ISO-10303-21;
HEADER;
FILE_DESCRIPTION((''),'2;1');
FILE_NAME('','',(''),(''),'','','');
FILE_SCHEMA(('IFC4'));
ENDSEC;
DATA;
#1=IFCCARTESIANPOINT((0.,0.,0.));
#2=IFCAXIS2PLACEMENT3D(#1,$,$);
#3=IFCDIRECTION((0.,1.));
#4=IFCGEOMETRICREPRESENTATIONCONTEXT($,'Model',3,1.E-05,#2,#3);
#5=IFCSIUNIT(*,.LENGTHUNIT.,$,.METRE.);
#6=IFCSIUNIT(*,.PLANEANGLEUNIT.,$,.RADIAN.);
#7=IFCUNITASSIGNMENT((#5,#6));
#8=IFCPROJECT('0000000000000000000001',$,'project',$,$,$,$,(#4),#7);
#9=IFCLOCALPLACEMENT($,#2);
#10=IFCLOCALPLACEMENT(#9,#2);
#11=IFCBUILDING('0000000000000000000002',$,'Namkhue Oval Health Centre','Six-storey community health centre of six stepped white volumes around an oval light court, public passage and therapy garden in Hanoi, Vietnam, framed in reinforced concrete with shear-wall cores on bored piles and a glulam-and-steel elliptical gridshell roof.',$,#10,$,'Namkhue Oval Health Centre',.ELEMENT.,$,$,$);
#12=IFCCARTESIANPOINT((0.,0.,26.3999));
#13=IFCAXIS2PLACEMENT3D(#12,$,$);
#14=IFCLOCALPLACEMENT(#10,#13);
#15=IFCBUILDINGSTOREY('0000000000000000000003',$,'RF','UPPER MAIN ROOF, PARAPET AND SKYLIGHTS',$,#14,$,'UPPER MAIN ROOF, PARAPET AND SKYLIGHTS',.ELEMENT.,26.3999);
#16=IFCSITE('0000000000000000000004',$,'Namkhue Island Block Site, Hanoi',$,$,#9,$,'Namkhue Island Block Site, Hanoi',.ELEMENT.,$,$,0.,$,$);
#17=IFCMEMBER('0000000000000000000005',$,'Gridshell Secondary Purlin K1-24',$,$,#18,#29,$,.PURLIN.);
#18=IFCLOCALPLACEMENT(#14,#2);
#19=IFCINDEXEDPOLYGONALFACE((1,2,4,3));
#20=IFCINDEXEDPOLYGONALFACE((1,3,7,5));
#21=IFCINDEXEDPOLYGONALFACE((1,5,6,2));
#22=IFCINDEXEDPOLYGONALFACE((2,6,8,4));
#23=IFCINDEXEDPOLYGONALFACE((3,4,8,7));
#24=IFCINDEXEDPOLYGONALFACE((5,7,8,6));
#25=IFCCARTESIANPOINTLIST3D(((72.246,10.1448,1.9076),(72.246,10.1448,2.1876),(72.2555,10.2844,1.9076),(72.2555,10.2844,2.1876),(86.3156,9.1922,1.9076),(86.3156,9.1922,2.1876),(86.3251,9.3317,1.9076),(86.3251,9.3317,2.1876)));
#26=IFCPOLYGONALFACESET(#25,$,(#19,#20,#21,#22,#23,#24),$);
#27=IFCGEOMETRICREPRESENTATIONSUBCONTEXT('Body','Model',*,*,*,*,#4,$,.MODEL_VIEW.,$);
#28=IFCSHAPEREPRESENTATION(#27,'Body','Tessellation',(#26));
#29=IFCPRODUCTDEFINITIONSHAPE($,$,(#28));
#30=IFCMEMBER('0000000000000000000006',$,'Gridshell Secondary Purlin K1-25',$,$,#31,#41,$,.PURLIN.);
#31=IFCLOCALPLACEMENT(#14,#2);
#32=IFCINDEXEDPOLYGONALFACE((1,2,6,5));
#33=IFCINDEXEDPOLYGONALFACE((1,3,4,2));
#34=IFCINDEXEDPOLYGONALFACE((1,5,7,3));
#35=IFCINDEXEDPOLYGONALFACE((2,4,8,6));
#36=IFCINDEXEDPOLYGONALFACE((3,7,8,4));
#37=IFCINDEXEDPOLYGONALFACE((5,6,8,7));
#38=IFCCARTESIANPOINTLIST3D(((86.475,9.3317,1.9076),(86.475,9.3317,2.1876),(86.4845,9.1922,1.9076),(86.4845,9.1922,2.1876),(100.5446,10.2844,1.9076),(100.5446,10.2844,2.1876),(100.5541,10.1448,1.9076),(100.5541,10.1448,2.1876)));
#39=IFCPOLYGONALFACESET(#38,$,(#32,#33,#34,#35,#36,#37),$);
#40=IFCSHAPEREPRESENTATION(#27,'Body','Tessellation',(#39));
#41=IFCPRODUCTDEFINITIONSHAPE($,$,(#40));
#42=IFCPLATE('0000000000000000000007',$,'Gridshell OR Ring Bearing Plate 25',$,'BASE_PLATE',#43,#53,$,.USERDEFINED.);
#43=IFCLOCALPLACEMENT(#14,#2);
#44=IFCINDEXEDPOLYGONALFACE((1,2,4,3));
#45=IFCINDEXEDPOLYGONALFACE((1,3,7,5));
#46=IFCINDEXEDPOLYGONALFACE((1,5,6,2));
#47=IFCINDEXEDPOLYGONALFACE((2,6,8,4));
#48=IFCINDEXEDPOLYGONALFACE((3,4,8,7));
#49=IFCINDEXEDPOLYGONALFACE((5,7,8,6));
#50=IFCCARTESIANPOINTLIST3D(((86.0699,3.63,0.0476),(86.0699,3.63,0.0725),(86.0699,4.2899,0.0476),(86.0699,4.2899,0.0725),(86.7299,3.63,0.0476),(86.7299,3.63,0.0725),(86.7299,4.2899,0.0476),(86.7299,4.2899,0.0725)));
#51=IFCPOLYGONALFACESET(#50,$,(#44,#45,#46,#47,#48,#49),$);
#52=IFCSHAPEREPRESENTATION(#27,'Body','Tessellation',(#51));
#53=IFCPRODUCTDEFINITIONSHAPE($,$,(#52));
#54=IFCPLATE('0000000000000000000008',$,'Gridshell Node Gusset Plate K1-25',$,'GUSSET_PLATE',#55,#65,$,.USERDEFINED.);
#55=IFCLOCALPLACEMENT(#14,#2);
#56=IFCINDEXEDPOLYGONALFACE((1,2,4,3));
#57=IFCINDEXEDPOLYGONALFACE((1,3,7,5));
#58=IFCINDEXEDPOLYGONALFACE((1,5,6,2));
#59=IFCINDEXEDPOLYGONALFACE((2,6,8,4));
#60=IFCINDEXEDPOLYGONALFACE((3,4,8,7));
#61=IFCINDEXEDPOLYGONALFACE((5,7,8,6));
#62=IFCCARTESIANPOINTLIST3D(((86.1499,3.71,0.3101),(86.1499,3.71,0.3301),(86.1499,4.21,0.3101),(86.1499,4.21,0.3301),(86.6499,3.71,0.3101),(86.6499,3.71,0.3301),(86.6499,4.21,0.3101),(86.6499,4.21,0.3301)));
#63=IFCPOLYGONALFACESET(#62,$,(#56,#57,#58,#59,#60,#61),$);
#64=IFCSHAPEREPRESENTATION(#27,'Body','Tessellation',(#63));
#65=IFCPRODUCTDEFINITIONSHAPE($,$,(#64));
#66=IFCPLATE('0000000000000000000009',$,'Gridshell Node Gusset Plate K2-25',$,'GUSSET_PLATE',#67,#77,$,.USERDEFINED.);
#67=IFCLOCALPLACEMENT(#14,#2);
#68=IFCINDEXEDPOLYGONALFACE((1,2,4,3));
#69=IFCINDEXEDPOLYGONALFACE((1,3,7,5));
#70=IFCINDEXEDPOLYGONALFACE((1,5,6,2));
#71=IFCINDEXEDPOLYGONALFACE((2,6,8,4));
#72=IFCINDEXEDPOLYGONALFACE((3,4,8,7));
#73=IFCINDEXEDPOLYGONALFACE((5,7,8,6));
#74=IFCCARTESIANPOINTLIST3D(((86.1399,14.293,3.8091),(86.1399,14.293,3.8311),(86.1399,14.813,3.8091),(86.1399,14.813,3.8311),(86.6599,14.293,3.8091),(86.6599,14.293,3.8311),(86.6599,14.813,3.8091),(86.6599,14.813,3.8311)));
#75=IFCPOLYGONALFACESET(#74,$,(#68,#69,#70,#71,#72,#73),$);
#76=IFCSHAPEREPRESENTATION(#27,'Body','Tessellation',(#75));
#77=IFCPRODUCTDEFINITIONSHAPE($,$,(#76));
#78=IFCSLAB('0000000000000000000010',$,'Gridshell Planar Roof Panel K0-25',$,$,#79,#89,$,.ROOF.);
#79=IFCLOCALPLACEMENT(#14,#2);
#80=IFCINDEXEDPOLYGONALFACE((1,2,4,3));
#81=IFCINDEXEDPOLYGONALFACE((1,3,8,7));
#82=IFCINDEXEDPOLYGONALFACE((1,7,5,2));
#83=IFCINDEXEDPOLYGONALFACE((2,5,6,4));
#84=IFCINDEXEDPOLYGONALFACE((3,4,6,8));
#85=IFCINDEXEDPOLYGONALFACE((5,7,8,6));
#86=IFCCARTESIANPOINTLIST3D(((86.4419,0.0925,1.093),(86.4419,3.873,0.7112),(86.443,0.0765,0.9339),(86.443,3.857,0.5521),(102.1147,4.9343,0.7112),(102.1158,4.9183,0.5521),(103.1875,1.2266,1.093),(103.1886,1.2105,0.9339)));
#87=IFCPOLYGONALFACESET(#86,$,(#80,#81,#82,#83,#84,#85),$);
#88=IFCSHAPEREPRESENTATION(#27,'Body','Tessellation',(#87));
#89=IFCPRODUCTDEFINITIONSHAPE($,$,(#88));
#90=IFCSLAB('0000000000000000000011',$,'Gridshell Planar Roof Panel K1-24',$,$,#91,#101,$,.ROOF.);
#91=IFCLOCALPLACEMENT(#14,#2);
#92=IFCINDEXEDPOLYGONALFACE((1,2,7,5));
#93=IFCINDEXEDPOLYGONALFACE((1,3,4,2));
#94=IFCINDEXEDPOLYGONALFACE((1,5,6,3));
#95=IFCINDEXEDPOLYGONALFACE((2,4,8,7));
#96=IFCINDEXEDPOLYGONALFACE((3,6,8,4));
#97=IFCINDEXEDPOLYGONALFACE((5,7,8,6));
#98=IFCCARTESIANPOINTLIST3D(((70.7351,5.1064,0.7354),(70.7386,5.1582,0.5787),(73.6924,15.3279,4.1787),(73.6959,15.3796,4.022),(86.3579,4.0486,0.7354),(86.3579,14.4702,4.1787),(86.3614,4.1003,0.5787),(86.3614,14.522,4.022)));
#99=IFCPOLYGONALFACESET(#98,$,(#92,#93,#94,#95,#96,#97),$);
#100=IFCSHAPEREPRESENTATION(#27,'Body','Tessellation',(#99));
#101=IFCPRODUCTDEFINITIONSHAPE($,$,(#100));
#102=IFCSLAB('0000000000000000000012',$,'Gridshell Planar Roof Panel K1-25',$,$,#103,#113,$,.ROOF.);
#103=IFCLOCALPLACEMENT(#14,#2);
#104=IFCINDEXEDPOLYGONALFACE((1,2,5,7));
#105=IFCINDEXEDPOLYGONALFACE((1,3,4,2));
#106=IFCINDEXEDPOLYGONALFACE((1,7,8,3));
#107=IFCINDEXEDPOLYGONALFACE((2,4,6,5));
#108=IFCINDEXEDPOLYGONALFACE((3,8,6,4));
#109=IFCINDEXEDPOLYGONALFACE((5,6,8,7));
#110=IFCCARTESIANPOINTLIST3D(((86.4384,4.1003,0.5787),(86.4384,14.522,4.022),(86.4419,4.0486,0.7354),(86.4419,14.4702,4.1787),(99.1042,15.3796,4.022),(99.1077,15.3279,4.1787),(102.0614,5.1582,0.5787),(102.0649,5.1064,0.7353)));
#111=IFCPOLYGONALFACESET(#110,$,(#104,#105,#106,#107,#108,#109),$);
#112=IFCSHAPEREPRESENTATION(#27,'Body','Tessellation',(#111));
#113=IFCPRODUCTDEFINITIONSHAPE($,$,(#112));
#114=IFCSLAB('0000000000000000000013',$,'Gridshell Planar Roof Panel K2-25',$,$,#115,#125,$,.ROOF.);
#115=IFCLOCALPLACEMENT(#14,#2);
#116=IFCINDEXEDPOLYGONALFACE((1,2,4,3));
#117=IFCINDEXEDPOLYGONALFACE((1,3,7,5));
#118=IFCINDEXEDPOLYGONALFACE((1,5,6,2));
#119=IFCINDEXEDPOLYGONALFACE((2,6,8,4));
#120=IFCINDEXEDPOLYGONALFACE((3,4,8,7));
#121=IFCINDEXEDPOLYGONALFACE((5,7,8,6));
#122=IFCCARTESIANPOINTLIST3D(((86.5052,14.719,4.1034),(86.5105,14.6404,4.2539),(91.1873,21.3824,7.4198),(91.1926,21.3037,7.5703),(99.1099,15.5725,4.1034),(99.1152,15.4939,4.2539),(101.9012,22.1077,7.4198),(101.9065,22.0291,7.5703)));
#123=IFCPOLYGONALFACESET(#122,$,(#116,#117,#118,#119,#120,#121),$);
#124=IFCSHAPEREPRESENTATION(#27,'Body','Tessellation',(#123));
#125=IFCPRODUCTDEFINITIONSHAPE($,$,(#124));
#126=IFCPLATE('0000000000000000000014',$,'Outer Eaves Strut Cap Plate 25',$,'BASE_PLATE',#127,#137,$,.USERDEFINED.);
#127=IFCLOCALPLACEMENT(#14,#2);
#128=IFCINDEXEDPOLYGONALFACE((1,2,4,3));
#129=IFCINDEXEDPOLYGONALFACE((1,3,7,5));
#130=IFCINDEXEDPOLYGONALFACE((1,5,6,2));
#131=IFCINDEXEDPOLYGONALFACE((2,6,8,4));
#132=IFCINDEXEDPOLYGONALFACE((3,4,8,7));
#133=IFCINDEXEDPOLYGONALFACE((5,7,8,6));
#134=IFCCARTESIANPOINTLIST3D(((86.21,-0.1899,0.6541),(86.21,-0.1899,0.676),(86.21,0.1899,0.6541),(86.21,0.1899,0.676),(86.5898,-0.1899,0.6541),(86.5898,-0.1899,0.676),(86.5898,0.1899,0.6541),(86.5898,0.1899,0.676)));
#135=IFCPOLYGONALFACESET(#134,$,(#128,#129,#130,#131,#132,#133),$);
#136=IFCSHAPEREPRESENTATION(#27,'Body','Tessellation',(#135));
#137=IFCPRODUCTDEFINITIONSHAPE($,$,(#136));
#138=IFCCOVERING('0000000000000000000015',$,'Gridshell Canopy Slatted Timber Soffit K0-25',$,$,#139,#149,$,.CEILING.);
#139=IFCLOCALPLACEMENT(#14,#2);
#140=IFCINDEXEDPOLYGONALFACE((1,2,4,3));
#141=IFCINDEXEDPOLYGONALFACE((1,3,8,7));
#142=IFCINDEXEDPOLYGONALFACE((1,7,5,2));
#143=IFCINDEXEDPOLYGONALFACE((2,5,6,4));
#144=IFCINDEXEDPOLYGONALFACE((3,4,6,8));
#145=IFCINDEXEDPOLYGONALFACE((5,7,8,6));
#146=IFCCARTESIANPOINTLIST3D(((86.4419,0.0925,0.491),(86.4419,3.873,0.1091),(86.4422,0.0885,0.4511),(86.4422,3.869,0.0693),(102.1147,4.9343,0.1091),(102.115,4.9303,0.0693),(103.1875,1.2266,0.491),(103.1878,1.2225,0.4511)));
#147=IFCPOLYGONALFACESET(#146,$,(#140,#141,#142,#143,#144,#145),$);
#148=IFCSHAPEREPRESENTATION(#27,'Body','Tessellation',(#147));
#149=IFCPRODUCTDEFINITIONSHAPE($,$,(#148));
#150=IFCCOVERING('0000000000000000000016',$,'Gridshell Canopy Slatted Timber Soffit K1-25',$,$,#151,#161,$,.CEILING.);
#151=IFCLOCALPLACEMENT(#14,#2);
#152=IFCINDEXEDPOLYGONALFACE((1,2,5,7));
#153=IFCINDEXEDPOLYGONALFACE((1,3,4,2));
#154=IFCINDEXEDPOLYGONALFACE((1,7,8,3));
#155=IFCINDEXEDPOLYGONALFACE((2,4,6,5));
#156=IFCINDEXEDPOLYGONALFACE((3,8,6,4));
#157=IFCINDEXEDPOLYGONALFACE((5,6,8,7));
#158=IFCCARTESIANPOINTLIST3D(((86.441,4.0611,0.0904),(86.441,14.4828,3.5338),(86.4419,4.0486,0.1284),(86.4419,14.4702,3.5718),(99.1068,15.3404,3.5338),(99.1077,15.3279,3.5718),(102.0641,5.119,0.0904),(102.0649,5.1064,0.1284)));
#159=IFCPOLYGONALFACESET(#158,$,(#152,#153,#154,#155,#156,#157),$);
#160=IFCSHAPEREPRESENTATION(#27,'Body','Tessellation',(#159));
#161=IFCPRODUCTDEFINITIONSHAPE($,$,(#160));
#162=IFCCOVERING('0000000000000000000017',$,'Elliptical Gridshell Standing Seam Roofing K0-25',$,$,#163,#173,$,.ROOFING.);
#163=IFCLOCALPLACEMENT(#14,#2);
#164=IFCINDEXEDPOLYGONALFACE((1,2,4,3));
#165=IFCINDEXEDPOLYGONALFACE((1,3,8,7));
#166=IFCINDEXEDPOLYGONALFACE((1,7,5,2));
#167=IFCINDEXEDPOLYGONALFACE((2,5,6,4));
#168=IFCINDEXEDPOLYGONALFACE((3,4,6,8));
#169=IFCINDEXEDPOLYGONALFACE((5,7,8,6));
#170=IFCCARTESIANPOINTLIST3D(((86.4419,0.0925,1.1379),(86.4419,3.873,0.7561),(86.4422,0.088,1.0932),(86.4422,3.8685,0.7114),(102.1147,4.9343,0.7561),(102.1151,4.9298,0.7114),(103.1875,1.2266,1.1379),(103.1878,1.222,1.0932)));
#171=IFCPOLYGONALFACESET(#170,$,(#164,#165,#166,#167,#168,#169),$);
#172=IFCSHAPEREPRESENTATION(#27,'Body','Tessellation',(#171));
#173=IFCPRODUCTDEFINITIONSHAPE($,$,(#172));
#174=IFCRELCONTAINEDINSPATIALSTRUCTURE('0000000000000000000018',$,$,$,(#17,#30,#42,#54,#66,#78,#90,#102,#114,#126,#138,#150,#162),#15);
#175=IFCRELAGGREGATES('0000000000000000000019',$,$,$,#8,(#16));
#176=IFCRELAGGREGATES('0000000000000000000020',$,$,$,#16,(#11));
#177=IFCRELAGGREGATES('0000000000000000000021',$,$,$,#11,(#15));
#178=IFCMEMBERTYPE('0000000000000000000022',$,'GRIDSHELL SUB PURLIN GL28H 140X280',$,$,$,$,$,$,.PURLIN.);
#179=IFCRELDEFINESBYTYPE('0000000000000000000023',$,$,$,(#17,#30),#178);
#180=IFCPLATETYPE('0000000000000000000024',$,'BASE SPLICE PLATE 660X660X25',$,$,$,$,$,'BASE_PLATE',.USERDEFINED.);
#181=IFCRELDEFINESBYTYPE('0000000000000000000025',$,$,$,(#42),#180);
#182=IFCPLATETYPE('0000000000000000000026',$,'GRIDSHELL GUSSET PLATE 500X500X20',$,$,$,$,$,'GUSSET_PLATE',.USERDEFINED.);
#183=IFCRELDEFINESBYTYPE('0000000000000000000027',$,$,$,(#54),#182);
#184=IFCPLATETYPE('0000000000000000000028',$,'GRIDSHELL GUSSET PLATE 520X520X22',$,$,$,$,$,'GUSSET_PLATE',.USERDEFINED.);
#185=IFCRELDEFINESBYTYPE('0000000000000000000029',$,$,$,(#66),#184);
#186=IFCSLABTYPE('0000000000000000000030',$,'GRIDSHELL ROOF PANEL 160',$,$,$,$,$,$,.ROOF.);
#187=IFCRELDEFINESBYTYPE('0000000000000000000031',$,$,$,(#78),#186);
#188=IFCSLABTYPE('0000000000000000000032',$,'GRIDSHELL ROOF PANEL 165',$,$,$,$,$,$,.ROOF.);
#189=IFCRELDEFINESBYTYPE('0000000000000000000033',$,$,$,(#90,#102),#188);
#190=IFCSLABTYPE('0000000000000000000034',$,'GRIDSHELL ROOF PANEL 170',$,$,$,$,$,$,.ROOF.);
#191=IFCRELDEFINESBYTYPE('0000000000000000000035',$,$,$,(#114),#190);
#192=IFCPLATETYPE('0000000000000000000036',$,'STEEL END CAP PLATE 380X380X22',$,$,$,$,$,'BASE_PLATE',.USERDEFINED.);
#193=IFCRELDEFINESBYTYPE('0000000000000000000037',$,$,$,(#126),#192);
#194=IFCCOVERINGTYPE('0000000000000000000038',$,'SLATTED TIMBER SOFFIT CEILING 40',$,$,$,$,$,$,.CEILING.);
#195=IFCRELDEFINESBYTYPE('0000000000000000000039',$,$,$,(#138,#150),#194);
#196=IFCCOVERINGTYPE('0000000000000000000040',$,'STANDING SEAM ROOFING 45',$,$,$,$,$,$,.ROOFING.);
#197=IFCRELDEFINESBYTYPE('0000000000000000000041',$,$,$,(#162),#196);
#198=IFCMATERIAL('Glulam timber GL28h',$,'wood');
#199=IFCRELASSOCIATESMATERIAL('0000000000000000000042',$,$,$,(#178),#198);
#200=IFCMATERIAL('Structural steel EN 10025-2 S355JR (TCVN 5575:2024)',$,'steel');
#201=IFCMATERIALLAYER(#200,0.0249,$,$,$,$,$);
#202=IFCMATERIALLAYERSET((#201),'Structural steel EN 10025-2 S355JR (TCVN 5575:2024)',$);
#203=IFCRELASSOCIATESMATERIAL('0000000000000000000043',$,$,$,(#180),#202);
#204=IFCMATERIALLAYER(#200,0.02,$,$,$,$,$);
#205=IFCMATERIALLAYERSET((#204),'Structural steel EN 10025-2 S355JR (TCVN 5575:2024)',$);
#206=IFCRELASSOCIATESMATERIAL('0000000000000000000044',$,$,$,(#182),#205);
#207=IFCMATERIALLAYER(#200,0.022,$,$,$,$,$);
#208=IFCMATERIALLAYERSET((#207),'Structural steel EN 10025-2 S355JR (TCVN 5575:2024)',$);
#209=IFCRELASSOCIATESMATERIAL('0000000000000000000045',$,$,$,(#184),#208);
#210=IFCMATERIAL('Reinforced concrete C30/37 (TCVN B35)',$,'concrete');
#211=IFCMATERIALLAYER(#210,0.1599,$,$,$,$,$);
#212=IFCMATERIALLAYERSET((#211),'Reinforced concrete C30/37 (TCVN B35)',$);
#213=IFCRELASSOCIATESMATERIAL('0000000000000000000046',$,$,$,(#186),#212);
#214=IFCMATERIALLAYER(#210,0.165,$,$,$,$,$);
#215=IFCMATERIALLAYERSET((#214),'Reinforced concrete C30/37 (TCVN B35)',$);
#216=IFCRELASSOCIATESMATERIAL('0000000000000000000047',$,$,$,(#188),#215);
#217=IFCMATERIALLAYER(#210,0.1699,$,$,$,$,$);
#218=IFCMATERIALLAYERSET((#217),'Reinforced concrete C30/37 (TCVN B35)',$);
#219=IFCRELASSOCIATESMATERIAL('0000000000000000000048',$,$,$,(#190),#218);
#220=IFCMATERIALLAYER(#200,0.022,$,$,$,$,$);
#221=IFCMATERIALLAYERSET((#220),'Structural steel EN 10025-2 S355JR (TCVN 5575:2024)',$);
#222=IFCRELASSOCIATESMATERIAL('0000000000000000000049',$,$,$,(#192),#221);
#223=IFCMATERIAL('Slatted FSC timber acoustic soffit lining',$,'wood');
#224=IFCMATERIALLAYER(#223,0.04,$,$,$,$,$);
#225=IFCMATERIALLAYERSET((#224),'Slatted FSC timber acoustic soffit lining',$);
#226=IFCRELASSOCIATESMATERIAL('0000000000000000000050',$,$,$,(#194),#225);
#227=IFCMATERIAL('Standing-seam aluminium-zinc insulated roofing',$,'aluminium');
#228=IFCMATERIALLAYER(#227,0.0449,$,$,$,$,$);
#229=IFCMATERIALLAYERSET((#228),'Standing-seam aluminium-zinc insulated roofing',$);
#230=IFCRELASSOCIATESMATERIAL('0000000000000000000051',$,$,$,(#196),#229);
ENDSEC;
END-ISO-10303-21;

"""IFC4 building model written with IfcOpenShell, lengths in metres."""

from ifc_helpers import new_model, si_unit, direction, frame, origin, origin_2d, place, context, subcontext, project, spatial, polyline, rectangle, outline, extrude, material, layer, layer_set, material_profile, profile_set, type_object, element, save


model = new_model("IFC4")

# Units and contexts
model_context = context("Model", 3, precision=1e-05, world=origin(), true_north=direction((0.0, 1.0)))
body_context = subcontext(model_context, "Body", "Model", "MODEL_VIEW")
ifc_project = project(units=[si_unit("LENGTHUNIT", "METRE"), si_unit("PLANEANGLEUNIT", "RADIAN")], contexts=[model_context])

# Site, building, storey
site_placement = place(None, origin())
site = spatial("IfcSite", under=ifc_project, at=site_placement, Name="Namkhue Island Block Site, Hanoi", LongName="Namkhue Island Block Site, Hanoi", CompositionType="ELEMENT", RefElevation=0.0)
building_placement = place(site_placement, origin())
building = spatial("IfcBuilding", under=site, at=building_placement, Name="Namkhue Oval Health Centre", Description="Six-storey community health centre of six stepped white volumes around an oval light court, public passage and therapy garden in Hanoi, Vietnam, framed in reinforced concrete with shear-wall cores on bored piles and a glulam-and-steel elliptical gridshell roof.", LongName="Namkhue Oval Health Centre", CompositionType="ELEMENT")
storey_placement = place(building_placement, frame((0.0, 0.0, 26.3999)))
storey = spatial("IfcBuildingStorey", under=building, at=storey_placement, Name="RF", Description="UPPER MAIN ROOF, PARAPET AND SKYLIGHTS", LongName="UPPER MAIN ROOF, PARAPET AND SKYLIGHTS", CompositionType="ELEMENT", Elevation=26.3999)

# Members
ifc_material_1 = material(Name="Structural steel EN 10025-2 S355JR (TCVN 5575:2024)", Category="steel")
ifc_material_2 = material(Name="Glulam timber GL28h", Category="wood")
ifc_material_profile_1 = material_profile(ifc_material_2, rectangle(XDim=0.1399, YDim=0.28, at=origin_2d()), Name="GL28h 140x280")
ifc_profile_set_1 = profile_set([ifc_material_profile_1], Name="Glulam timber GL28h")
member_type_1 = type_object("IfcMemberType", Name="GRIDSHELL SUB PURLIN GL28H 140X280", PredefinedType="PURLIN", material=ifc_profile_set_1)
for number, where, z_axis, x_axis, name in (
    (1, (72.2507, 10.2146, 2.0476), (0.997716, -0.067554, 0.0), (0.067554, 0.997716, 0.0), "Gridshell Secondary Purlin K1-24"),
    (2, (86.4797, 9.262, 2.0476), (0.997716, 0.067554, 0.0), (-0.067554, 0.997716, 0.0), "Gridshell Secondary Purlin K1-25"),
):
    element("IfcMember", number, at=place(storey_placement, frame(where, z_axis=z_axis, x_axis=x_axis)), inside=storey, type_object=member_type_1, Name=name, PredefinedType="PURLIN", context=body_context, shape_type="SweptSolid", body=[
        extrude(rectangle(XDim=0.1399, YDim=0.28, at=origin_2d()), origin(), (0.0, 0.0, 1.0), 14.1018),
    ])

# Plates
ifc_layer_1 = layer(ifc_material_1, 0.0249)
ifc_layer_set_1 = layer_set([ifc_layer_1], Name="Structural steel EN 10025-2 S355JR (TCVN 5575:2024)")
plate_type_1 = type_object("IfcPlateType", Name="BASE SPLICE PLATE 660X660X25", ElementType="BASE_PLATE", PredefinedType="USERDEFINED", material=ifc_layer_set_1)
plate_1_placement = place(storey_placement, frame((86.3999, 3.96, 0.0476), z_axis=(0.0, 0.0, 1.0), x_axis=(1.0, 0.0, 0.0)))
element("IfcPlate", 3, at=plate_1_placement, inside=storey, type_object=plate_type_1, Name="Gridshell OR Ring Bearing Plate 25", ObjectType="BASE_PLATE", PredefinedType="USERDEFINED", context=body_context, shape_type="SweptSolid", body=[
    extrude(rectangle(XDim=0.6599, YDim=0.6599, at=origin_2d()), origin(), (0.0, 0.0, 1.0), 0.0249),
])
ifc_layer_2 = layer(ifc_material_1, 0.02)
ifc_layer_set_2 = layer_set([ifc_layer_2], Name="Structural steel EN 10025-2 S355JR (TCVN 5575:2024)")
plate_type_2 = type_object("IfcPlateType", Name="GRIDSHELL GUSSET PLATE 500X500X20", ElementType="GUSSET_PLATE", PredefinedType="USERDEFINED", material=ifc_layer_set_2)
plate_2_placement = place(storey_placement, frame((86.3999, 3.96, 0.3101), z_axis=(0.0, 0.0, 1.0), x_axis=(0.0, -1.0, 0.0)))
element("IfcPlate", 4, at=plate_2_placement, inside=storey, type_object=plate_type_2, Name="Gridshell Node Gusset Plate K1-25", ObjectType="GUSSET_PLATE", PredefinedType="USERDEFINED", context=body_context, shape_type="SweptSolid", body=[
    extrude(rectangle(XDim=0.5, YDim=0.5, at=origin_2d()), origin(), (0.0, 0.0, 1.0), 0.02),
])
ifc_layer_3 = layer(ifc_material_1, 0.022)
ifc_layer_set_3 = layer_set([ifc_layer_3], Name="Structural steel EN 10025-2 S355JR (TCVN 5575:2024)")
plate_type_3 = type_object("IfcPlateType", Name="GRIDSHELL GUSSET PLATE 520X520X22", ElementType="GUSSET_PLATE", PredefinedType="USERDEFINED", material=ifc_layer_set_3)
plate_3_placement = place(storey_placement, frame((86.3999, 14.553, 3.8091), z_axis=(0.0, 0.0, 1.0), x_axis=(0.0, -1.0, 0.0)))
element("IfcPlate", 5, at=plate_3_placement, inside=storey, type_object=plate_type_3, Name="Gridshell Node Gusset Plate K2-25", ObjectType="GUSSET_PLATE", PredefinedType="USERDEFINED", context=body_context, shape_type="SweptSolid", body=[
    extrude(rectangle(XDim=0.52, YDim=0.52, at=origin_2d()), origin(), (0.0, 0.0, 1.0), 0.022),
])

# Slabs
ifc_material_3 = material(Name="Reinforced concrete C30/37 (TCVN B35)", Category="concrete")
ifc_layer_4 = layer(ifc_material_3, 0.1599)
ifc_layer_set_4 = layer_set([ifc_layer_4], Name="Reinforced concrete C30/37 (TCVN B35)")
slab_type_1 = type_object("IfcSlabType", Name="GRIDSHELL ROOF PANEL 160", PredefinedType="ROOF", material=ifc_layer_set_4)
slab_1_placement = place(storey_placement, frame((86.4419, 0.0925, 1.093), z_axis=(-0.006805, 0.100489, 0.994915), x_axis=(0.997715, 0.067566, 0.0)))
element("IfcSlab", 6, at=slab_1_placement, inside=storey, type_object=slab_type_1, Name="Gridshell Planar Roof Panel K0-25", PredefinedType="ROOF", context=body_context, shape_type="SweptSolid", body=[
    extrude(outline(polyline([(0.0, 0.0), (16.784, 0.0), (15.9642, 3.7911), (0.2554, 3.7912), (0.0, 0.0)])), origin(), (0.0, 0.0, -1.0), 0.1599),
])
ifc_layer_5 = layer(ifc_material_3, 0.165)
ifc_layer_set_5 = layer_set([ifc_layer_5], Name="Reinforced concrete C30/37 (TCVN B35)")
slab_type_2 = type_object("IfcSlabType", Name="GRIDSHELL ROOF PANEL 165", PredefinedType="ROOF", material=ifc_layer_set_5)
slab_2_placement = place(storey_placement, frame((70.7351, 5.1064, 0.7354), z_axis=(-0.021239, -0.313653, 0.9493), x_axis=(0.997715, -0.067558, 0.000001)))
element("IfcSlab", 7, at=slab_2_placement, inside=storey, type_object=slab_type_2, Name="Gridshell Planar Roof Panel K1-24", PredefinedType="ROOF", context=body_context, shape_type="SweptSolid", body=[
    extrude(outline(polyline([(0.0, 0.0), (15.6586, 0.0), (14.9545, 10.9531), (2.26, 10.9532), (0.0, 0.0)])), origin(), (0.0, 0.0, -1.0), 0.165),
])
slab_3_placement = place(storey_placement, frame((86.4419, 4.0486, 0.7354), z_axis=(0.021238, -0.313653, 0.9493), x_axis=(0.997715, 0.067557, 0.0)))
element("IfcSlab", 8, at=slab_3_placement, inside=storey, type_object=slab_type_2, Name="Gridshell Planar Roof Panel K1-25", PredefinedType="ROOF", context=body_context, shape_type="SweptSolid", body=[
    extrude(outline(polyline([(0.0, 0.0), (15.6588, 0.0), (13.3988, 10.9532), (0.7041, 10.9531), (0.0, 0.0)])), origin(), (0.0, 0.0, -1.0), 0.165),
])
ifc_layer_6 = layer(ifc_material_3, 0.1699)
ifc_layer_set_6 = layer_set([ifc_layer_6], Name="Reinforced concrete C30/37 (TCVN B35)")
slab_type_3 = type_object("IfcSlabType", Name="GRIDSHELL ROOF PANEL 170", PredefinedType="ROOF", material=ifc_layer_set_6)
slab_4_placement = place(storey_placement, frame((86.5105, 14.6404, 4.2539), z_axis=(0.031344, -0.462923, 0.885844), x_axis=(0.997715, 0.067558, 0.000002)))
element("IfcSlab", 9, at=slab_4_placement, inside=storey, type_object=slab_type_3, Name="Gridshell Planar Roof Panel K2-25", PredefinedType="ROOF", context=body_context, shape_type="SweptSolid", body=[
    extrude(outline(polyline([(0.0, 0.0), (12.6336, 0.0), (15.86, 7.1476), (5.1216, 7.1477), (0.0, 0.0)])), origin(), (0.0, 0.0, -1.0), 0.1699),
])

# Plate
ifc_layer_7 = layer(ifc_material_1, 0.022)
ifc_layer_set_7 = layer_set([ifc_layer_7], Name="Structural steel EN 10025-2 S355JR (TCVN 5575:2024)")
plate_type_4 = type_object("IfcPlateType", Name="STEEL END CAP PLATE 380X380X22", ElementType="BASE_PLATE", PredefinedType="USERDEFINED", material=ifc_layer_set_7)
plate_4_placement = place(storey_placement, frame((86.3999, 0.0, 0.6541), z_axis=(0.0, 0.0, 1.0), x_axis=(1.0, 0.0, 0.0)))
element("IfcPlate", 10, at=plate_4_placement, inside=storey, type_object=plate_type_4, Name="Outer Eaves Strut Cap Plate 25", ObjectType="BASE_PLATE", PredefinedType="USERDEFINED", context=body_context, shape_type="SweptSolid", body=[
    extrude(rectangle(XDim=0.3799, YDim=0.3799, at=origin_2d()), origin(), (0.0, 0.0, 1.0), 0.022),
])

# Coverings
ifc_material_4 = material(Name="Slatted FSC timber acoustic soffit lining", Category="wood")
ifc_layer_8 = layer(ifc_material_4, 0.04)
ifc_layer_set_8 = layer_set([ifc_layer_8], Name="Slatted FSC timber acoustic soffit lining")
covering_type_1 = type_object("IfcCoveringType", Name="SLATTED TIMBER SOFFIT CEILING 40", PredefinedType="CEILING", material=ifc_layer_set_8)
covering_1_placement = place(storey_placement, frame((86.4419, 0.0925, 0.491), z_axis=(-0.006805, 0.100489, 0.994915), x_axis=(0.997715, 0.067566, 0.0)))
element("IfcCovering", 11, at=covering_1_placement, inside=storey, type_object=covering_type_1, Name="Gridshell Canopy Slatted Timber Soffit K0-25", PredefinedType="CEILING", context=body_context, shape_type="SweptSolid", body=[
    extrude(outline(polyline([(0.0, 0.0), (16.784, 0.0), (15.9642, 3.7911), (0.2554, 3.7912), (0.0, 0.0)])), origin(), (0.0, 0.0, -1.0), 0.04),
])
covering_2_placement = place(storey_placement, frame((86.4419, 4.0486, 0.1284), z_axis=(0.021238, -0.313653, 0.9493), x_axis=(0.997715, 0.067557, 0.0)))
element("IfcCovering", 12, at=covering_2_placement, inside=storey, type_object=covering_type_1, Name="Gridshell Canopy Slatted Timber Soffit K1-25", PredefinedType="CEILING", context=body_context, shape_type="SweptSolid", body=[
    extrude(outline(polyline([(0.0, 0.0), (15.6588, 0.0), (13.3988, 10.9532), (0.7041, 10.9531), (0.0, 0.0)])), origin(), (0.0, 0.0, -1.0), 0.04),
])
ifc_material_5 = material(Name="Standing-seam aluminium-zinc insulated roofing", Category="aluminium")
ifc_layer_9 = layer(ifc_material_5, 0.0449)
ifc_layer_set_9 = layer_set([ifc_layer_9], Name="Standing-seam aluminium-zinc insulated roofing")
covering_type_2 = type_object("IfcCoveringType", Name="STANDING SEAM ROOFING 45", PredefinedType="ROOFING", material=ifc_layer_set_9)
covering_3_placement = place(storey_placement, frame((86.4419, 0.0925, 1.1379), z_axis=(-0.006805, 0.100489, 0.994915), x_axis=(0.997715, 0.067566, 0.0)))
element("IfcCovering", 13, at=covering_3_placement, inside=storey, type_object=covering_type_2, Name="Elliptical Gridshell Standing Seam Roofing K0-25", PredefinedType="ROOFING", context=body_context, shape_type="SweptSolid", body=[
    extrude(outline(polyline([(0.0, 0.0), (16.784, 0.0), (15.9642, 3.7911), (0.2554, 3.7912), (0.0, 0.0)])), origin(), (0.0, 0.0, -1.0), 0.0449),
])

save(model, "model.ifc")
